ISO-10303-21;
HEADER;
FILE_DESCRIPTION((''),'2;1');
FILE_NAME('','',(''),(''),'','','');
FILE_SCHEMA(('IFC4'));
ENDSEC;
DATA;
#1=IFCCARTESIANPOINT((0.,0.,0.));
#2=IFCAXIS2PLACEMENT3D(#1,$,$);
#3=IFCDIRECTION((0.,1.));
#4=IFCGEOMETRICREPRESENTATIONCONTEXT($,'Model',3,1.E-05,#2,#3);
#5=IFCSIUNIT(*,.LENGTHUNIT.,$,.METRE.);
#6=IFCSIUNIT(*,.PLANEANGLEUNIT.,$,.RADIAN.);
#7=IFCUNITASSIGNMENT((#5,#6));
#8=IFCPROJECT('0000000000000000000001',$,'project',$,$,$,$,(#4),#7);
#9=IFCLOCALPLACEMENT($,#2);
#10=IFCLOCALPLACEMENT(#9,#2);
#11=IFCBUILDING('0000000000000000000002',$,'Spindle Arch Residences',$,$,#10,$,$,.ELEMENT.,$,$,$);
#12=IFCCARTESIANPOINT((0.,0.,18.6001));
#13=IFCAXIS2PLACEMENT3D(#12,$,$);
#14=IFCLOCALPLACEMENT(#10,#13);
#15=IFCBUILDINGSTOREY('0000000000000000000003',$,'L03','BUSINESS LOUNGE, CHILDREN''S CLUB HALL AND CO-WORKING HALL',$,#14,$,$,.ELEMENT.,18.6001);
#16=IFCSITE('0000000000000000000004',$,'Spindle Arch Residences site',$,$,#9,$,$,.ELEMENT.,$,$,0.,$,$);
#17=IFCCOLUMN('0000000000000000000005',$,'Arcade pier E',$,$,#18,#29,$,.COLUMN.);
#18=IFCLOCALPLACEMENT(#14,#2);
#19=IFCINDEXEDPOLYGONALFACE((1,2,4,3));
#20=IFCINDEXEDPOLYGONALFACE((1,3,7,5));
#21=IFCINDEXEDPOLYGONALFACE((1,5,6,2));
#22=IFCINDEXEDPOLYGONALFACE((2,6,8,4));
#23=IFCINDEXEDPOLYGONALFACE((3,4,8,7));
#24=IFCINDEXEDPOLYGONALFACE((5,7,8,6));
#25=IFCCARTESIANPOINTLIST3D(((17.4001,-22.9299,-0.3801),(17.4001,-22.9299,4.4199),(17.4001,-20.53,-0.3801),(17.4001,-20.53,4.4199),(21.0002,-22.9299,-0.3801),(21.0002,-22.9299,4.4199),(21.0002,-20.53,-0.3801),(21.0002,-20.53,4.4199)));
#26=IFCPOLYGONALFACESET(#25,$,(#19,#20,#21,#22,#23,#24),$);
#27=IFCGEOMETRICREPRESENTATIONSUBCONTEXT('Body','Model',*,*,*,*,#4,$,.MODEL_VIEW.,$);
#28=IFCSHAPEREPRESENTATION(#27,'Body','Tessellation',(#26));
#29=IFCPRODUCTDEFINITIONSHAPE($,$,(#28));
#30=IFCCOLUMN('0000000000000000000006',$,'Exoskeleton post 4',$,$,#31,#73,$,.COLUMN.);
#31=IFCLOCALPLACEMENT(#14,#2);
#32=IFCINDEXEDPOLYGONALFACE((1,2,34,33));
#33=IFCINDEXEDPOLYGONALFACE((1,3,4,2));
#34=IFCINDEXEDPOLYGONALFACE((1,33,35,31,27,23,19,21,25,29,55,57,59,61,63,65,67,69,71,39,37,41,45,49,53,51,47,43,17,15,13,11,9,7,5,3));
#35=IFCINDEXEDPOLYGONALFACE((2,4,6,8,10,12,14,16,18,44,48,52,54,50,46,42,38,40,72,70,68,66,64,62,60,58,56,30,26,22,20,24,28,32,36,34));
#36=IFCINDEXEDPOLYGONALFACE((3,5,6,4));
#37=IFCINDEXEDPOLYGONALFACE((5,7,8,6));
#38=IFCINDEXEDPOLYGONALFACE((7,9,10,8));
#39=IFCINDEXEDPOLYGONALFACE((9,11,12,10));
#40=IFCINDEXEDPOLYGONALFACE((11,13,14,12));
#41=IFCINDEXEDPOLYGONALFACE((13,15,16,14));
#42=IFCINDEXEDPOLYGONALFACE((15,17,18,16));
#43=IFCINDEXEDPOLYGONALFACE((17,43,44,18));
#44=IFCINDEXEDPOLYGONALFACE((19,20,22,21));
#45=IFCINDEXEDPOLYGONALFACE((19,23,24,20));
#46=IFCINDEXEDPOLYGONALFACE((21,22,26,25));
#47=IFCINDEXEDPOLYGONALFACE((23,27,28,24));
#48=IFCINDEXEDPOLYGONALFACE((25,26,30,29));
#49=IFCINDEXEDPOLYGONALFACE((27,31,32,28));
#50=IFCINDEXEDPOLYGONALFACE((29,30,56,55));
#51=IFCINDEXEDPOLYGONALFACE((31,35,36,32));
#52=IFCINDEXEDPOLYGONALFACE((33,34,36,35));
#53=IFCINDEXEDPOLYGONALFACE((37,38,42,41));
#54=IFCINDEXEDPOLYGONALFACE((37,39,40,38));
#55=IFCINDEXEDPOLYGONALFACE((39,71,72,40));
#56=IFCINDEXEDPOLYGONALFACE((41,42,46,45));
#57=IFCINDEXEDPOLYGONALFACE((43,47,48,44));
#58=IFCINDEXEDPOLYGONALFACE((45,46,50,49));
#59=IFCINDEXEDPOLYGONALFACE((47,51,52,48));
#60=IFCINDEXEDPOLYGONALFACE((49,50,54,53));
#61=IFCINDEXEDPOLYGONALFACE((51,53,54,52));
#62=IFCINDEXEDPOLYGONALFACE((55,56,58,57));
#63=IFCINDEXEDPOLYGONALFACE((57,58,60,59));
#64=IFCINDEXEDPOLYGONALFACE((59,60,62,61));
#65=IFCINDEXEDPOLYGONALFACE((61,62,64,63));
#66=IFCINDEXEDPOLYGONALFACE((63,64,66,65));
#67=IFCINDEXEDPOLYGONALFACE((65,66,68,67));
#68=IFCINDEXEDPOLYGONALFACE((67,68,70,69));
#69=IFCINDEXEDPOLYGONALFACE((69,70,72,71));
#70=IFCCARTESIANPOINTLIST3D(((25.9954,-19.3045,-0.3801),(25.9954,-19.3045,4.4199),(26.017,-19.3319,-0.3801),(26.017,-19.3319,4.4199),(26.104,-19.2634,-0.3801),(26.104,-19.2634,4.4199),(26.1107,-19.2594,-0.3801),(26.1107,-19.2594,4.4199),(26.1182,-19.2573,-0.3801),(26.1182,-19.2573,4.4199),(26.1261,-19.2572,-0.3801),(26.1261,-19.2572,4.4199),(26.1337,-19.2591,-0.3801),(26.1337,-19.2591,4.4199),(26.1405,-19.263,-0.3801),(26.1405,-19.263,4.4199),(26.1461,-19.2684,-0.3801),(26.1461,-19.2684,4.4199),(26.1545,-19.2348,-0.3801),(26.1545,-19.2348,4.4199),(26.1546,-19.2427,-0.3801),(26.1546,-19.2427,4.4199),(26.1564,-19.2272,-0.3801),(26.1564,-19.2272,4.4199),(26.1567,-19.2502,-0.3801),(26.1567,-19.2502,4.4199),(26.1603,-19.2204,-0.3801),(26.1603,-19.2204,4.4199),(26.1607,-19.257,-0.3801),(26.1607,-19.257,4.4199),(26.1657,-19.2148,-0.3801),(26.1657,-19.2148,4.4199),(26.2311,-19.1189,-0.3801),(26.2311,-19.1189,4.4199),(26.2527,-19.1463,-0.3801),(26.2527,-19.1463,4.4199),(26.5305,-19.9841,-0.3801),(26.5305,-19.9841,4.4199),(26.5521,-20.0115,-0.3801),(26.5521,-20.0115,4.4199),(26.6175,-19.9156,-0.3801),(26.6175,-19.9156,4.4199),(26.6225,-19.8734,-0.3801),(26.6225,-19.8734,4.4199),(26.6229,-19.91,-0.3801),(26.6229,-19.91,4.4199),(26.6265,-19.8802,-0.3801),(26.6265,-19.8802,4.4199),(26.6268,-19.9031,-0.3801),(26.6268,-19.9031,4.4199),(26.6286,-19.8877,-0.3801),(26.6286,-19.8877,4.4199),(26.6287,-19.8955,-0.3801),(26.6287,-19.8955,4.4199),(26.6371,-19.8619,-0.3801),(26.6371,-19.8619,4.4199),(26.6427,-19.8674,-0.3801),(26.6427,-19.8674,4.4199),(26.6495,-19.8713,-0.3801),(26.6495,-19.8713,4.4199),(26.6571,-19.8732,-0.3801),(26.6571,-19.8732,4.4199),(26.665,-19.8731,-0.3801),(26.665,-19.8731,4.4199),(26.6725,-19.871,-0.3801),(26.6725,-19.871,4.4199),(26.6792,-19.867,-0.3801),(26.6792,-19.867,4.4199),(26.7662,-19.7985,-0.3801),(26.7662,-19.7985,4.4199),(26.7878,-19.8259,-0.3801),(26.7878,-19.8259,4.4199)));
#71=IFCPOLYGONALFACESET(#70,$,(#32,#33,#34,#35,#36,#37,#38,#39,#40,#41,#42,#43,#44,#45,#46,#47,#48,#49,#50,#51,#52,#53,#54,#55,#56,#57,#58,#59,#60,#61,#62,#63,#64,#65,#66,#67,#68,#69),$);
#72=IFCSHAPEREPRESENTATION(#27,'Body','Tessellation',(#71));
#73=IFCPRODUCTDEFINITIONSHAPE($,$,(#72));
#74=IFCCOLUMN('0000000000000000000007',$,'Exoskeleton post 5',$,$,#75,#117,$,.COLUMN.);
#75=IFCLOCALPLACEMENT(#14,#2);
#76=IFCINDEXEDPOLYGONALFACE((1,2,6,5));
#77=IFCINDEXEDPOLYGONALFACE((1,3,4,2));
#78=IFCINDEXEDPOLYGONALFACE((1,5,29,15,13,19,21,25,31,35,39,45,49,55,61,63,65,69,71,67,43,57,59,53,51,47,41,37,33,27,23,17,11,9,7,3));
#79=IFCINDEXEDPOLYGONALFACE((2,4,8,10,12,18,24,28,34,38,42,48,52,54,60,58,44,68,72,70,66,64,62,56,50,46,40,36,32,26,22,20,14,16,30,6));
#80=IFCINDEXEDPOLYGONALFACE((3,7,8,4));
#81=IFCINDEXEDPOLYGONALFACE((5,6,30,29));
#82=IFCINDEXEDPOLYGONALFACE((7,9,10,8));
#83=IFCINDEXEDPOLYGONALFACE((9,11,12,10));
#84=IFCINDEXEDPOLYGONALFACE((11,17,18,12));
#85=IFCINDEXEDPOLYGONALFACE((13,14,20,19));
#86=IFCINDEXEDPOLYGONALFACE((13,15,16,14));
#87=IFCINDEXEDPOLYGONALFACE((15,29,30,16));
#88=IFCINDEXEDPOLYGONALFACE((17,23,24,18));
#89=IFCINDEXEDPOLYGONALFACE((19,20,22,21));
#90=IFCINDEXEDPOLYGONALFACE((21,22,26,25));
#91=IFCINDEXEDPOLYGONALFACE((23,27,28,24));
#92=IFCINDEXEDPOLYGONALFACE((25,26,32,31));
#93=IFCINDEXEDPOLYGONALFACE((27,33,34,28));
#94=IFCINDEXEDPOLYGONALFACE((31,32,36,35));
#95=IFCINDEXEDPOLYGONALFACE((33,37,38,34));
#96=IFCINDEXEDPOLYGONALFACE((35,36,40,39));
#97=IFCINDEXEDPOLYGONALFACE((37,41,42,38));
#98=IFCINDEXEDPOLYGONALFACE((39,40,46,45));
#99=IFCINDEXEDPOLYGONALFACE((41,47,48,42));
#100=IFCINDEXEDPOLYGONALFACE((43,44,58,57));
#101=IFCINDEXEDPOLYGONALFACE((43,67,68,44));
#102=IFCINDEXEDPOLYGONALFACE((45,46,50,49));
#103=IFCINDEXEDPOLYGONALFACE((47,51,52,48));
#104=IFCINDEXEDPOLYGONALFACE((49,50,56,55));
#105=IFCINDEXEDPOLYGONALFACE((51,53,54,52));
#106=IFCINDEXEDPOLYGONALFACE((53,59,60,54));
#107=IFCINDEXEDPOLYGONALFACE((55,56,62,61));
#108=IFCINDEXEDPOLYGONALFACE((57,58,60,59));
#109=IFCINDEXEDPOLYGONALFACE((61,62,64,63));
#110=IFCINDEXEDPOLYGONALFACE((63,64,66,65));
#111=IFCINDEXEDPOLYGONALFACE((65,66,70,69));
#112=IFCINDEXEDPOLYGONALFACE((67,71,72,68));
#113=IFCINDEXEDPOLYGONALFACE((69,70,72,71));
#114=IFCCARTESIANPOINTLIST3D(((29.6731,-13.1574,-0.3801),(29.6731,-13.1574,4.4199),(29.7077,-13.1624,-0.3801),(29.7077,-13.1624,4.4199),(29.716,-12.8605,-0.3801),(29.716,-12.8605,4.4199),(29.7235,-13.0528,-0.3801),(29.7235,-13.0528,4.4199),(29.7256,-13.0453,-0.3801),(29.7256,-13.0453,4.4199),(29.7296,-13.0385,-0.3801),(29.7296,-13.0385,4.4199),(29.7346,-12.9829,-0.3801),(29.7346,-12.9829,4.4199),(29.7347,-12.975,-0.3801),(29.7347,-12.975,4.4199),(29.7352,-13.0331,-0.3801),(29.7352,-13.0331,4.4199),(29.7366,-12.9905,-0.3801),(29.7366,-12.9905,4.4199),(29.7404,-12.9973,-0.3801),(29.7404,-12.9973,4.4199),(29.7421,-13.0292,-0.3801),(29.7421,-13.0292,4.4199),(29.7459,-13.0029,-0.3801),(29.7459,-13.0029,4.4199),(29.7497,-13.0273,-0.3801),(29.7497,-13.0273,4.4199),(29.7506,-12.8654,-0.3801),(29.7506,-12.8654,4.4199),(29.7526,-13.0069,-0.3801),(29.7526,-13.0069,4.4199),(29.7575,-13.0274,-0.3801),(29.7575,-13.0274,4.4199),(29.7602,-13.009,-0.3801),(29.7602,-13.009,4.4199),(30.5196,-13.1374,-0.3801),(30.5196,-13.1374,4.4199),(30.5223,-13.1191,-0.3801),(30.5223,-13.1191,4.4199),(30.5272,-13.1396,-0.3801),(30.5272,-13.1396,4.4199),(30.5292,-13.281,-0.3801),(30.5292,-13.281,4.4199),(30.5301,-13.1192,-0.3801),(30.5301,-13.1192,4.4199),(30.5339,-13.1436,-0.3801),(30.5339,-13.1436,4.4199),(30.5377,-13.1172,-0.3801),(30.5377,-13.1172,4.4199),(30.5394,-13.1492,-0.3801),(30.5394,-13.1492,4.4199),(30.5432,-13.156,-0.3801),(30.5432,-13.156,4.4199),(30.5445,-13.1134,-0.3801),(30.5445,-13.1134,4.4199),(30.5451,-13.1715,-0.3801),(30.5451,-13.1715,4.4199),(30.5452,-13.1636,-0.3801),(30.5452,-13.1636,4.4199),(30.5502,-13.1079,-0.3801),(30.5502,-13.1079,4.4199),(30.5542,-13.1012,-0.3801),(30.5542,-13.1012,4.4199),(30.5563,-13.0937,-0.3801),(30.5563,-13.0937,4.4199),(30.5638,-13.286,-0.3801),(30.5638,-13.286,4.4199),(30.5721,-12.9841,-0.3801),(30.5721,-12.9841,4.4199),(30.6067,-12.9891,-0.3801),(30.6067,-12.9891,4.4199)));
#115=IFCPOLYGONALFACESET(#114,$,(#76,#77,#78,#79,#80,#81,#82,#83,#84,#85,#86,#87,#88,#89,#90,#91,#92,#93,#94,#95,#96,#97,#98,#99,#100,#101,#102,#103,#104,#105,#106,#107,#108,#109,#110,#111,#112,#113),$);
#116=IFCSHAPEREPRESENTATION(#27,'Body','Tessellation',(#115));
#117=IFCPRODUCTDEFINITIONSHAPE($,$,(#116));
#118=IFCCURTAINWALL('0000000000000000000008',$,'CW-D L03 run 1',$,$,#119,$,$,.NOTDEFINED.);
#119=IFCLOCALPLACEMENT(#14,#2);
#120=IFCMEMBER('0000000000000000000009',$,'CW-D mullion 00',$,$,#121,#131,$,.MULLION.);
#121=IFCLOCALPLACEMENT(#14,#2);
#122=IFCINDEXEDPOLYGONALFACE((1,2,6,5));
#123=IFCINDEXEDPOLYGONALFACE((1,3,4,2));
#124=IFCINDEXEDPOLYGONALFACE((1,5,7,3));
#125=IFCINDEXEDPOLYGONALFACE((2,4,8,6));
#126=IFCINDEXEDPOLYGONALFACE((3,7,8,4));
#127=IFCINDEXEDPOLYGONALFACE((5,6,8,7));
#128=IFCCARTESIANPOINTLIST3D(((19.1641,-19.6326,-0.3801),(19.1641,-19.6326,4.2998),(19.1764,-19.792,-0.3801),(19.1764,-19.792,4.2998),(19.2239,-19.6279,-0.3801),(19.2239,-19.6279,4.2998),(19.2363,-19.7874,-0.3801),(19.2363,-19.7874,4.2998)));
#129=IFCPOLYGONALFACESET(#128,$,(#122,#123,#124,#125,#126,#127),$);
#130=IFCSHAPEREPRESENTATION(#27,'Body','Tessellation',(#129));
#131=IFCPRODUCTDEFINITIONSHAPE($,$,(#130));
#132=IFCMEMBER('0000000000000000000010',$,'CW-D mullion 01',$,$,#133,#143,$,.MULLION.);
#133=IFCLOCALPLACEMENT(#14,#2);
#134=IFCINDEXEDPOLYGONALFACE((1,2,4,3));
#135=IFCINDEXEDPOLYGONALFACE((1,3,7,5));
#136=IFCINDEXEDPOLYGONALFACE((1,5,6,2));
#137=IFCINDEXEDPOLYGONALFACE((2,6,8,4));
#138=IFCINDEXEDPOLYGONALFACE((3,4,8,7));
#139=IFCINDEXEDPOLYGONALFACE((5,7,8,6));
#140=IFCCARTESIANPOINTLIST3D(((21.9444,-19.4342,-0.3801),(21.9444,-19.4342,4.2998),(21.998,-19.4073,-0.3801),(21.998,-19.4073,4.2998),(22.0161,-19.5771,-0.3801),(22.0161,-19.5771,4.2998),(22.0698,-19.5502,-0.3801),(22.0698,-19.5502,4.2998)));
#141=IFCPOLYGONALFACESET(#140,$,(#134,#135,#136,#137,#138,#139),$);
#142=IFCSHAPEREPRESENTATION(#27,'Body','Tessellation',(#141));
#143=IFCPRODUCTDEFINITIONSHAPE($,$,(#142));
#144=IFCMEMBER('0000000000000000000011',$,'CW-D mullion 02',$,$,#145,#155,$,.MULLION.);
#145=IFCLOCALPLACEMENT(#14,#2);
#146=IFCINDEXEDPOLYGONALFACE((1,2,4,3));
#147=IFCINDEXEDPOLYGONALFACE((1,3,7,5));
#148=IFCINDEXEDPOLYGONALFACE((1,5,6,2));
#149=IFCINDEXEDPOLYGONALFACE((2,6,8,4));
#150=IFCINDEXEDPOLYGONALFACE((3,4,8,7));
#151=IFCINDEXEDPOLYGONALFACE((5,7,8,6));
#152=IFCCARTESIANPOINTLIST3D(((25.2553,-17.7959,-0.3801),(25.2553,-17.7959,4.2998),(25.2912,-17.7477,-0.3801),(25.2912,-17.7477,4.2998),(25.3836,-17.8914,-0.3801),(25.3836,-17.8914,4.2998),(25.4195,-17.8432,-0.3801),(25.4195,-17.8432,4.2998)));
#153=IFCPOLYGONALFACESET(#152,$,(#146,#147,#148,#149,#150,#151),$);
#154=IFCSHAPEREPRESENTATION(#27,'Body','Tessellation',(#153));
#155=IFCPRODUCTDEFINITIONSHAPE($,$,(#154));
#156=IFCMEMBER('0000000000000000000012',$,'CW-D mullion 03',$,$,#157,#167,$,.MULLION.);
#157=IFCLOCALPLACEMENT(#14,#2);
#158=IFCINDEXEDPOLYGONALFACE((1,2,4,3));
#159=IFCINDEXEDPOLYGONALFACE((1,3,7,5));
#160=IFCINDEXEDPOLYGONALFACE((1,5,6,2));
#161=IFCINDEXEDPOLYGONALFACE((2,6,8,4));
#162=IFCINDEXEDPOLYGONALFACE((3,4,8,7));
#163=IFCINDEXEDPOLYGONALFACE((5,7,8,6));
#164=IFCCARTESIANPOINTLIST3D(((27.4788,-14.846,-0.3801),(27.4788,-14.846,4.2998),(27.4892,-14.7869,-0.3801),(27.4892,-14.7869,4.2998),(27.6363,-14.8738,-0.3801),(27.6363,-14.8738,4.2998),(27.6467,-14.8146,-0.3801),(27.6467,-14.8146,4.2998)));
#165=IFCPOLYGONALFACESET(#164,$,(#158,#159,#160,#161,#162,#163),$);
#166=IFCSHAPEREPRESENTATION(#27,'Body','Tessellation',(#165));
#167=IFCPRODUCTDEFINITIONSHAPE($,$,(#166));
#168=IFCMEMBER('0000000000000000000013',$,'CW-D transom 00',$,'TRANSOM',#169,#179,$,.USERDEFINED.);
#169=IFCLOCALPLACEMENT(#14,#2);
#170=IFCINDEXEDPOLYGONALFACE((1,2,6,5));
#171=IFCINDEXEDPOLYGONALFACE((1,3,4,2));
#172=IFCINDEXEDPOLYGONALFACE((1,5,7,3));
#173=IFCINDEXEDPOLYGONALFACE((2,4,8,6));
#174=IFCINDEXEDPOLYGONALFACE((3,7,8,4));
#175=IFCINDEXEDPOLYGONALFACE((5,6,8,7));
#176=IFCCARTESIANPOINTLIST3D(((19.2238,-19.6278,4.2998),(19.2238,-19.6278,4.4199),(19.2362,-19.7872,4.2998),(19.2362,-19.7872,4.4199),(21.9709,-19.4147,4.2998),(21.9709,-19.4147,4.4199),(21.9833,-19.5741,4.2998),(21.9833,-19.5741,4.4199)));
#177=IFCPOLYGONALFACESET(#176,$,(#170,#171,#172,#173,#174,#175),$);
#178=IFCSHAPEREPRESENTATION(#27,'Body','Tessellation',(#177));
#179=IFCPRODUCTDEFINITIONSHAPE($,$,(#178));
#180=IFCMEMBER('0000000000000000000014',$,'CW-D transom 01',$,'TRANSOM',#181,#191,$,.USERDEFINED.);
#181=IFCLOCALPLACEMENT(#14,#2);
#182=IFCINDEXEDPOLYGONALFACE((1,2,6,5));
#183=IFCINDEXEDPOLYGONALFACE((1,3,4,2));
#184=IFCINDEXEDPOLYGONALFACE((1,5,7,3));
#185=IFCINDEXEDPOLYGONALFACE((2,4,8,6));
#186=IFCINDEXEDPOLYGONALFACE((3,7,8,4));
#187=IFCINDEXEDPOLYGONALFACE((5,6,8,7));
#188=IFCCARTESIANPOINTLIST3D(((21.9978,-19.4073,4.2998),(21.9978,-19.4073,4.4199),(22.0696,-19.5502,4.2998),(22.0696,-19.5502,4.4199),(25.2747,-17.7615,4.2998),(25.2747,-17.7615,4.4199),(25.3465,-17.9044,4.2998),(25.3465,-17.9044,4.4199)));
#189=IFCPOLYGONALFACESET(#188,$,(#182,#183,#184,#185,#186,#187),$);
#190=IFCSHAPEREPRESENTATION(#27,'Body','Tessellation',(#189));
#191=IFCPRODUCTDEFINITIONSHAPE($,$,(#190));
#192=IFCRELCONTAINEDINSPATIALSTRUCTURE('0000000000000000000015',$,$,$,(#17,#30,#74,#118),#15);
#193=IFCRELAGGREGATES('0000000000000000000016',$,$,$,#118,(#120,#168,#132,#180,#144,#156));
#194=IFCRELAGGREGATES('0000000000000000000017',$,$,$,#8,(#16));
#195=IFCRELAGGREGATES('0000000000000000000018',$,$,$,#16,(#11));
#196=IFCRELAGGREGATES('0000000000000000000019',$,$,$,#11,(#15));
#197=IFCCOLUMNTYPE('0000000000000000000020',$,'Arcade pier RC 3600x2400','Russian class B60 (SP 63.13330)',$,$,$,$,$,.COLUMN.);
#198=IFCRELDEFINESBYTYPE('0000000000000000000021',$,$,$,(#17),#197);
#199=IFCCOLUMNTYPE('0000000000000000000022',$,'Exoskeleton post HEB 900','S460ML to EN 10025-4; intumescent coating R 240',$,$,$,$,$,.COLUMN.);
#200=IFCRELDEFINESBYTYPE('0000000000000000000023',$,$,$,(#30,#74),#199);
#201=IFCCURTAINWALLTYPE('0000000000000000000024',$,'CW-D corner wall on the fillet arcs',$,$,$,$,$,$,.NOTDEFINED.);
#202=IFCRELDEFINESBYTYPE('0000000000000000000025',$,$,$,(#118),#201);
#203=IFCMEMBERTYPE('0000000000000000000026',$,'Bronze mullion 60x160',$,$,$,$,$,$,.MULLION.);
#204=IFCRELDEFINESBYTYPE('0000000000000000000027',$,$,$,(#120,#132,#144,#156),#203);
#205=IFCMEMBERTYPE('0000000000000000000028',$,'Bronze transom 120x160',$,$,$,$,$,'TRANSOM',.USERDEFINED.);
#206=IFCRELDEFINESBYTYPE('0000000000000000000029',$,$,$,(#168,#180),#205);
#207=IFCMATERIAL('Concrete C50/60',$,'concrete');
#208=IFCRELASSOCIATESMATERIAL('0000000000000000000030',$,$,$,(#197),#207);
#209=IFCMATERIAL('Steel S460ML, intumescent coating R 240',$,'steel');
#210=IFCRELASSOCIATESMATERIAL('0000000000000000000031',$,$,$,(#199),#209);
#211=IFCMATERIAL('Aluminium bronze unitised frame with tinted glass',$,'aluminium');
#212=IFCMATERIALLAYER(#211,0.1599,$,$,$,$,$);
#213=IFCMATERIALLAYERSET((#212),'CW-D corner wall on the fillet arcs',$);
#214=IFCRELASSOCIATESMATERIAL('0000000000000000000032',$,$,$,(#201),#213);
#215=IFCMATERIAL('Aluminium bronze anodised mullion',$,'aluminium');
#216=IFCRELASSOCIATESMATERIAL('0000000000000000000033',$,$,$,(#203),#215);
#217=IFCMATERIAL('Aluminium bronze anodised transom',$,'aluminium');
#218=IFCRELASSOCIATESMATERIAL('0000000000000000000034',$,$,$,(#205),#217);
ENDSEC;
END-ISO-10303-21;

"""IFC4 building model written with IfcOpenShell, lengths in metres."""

from ifc_helpers import new_model, si_unit, direction, frame, origin, origin_2d, place, context, subcontext, project, spatial, rectangle, i_section, extrude, material, layer, layer_set, material_profile, profile_set, type_object, element, aggregate, save


model = new_model("IFC4")

# Units and contexts
model_context = context("Model", 3, precision=1e-05, world=origin(), true_north=direction((0.0, 1.0)))
body_context = subcontext(model_context, "Body", "Model", "MODEL_VIEW")
ifc_project = project(units=[si_unit("LENGTHUNIT", "METRE"), si_unit("PLANEANGLEUNIT", "RADIAN")], contexts=[model_context])

# Site, building, storey
site_placement = place(None, origin())
site = spatial("IfcSite", under=ifc_project, at=site_placement, Name="Spindle Arch Residences site", CompositionType="ELEMENT", RefElevation=0.0)
building_placement = place(site_placement, origin())
building = spatial("IfcBuilding", under=site, at=building_placement, Name="Spindle Arch Residences", CompositionType="ELEMENT")
storey_placement = place(building_placement, frame((0.0, 0.0, 18.6001)))
storey = spatial("IfcBuildingStorey", under=building, at=storey_placement, Name="L03", Description="BUSINESS LOUNGE, CHILDREN'S CLUB HALL AND CO-WORKING HALL", CompositionType="ELEMENT", Elevation=18.6001)

# Columns
ifc_material_1 = material(Name="Concrete C50/60", Category="concrete")
ifc_material_profile_1 = material_profile(ifc_material_1, rectangle(XDim=3.6001, YDim=2.3999, at=origin_2d()), Name="RC 3600x2400")
ifc_profile_set_1 = profile_set([ifc_material_profile_1], Name="Concrete C50/60")
column_type_1 = type_object("IfcColumnType", Name="Arcade pier RC 3600x2400", Description="Russian class B60 (SP 63.13330)", PredefinedType="COLUMN", material=ifc_profile_set_1)
column_placement = place(storey_placement, frame((19.2002, -21.73, -0.3801), z_axis=(0.0, 0.0, 1.0), x_axis=(1.0, 0.0, 0.0)))
element("IfcColumn", 1, at=column_placement, inside=storey, type_object=column_type_1, Name="Arcade pier E", PredefinedType="COLUMN", context=body_context, shape_type="SweptSolid", body=[
    extrude(rectangle(XDim=3.6001, YDim=2.3999, at=origin_2d()), origin(), (0.0, 0.0, 1.0), 4.8),
])
ifc_material_2 = material(Name="Steel S460ML, intumescent coating R 240", Category="steel")
ifc_material_profile_2 = material_profile(ifc_material_2, i_section(OverallWidth=0.3, OverallDepth=0.8999, WebThickness=0.0186, FlangeThickness=0.0349, FilletRadius=0.03, at=origin_2d()), Name="HEB 900")
ifc_profile_set_2 = profile_set([ifc_material_profile_2], Name="Steel S460ML, intumescent coating R 240")
column_type_2 = type_object("IfcColumnType", Name="Exoskeleton post HEB 900", Description="S460ML to EN 10025-4; intumescent coating R 240", PredefinedType="COLUMN", material=ifc_profile_set_2)
for number, where, z_axis, x_axis, name in (
    (2, (26.3916, -19.5652, -0.3801), (0.0, 0.0, 1.0), (-0.785684, -0.618629, 0.0), "Exoskeleton post 4"),
    (3, (30.1399, -13.0732, -0.3801), (0.0, 0.0, 1.0), (-0.142906, -0.989736, 0.0), "Exoskeleton post 5"),
):
    element("IfcColumn", number, at=place(storey_placement, frame(where, z_axis=z_axis, x_axis=x_axis)), inside=storey, type_object=column_type_2, Name=name, PredefinedType="COLUMN", context=body_context, shape_type="SweptSolid", body=[
        extrude(i_section(OverallWidth=0.3, OverallDepth=0.8999, WebThickness=0.0186, FlangeThickness=0.0349, FilletRadius=0.03, at=origin_2d()), origin(), (0.0, 0.0, 1.0), 4.8),
    ])

# Curtain wall, members
ifc_material_3 = material(Name="Aluminium bronze unitised frame with tinted glass", Category="aluminium")
ifc_layer_1 = layer(ifc_material_3, 0.1599)
ifc_layer_set_1 = layer_set([ifc_layer_1], Name="CW-D corner wall on the fillet arcs")
curtain_wall_type_1 = type_object("IfcCurtainWallType", Name="CW-D corner wall on the fillet arcs", PredefinedType="NOTDEFINED", material=ifc_layer_set_1)
curtain_wall_1_placement = place(storey_placement, origin())
curtain_wall_1 = element("IfcCurtainWall", 4, at=curtain_wall_1_placement, inside=storey, type_object=curtain_wall_type_1, Name="CW-D L03 run 1", PredefinedType="NOTDEFINED")
ifc_material_4 = material(Name="Aluminium bronze anodised mullion", Category="aluminium")
ifc_material_profile_3 = material_profile(ifc_material_4, rectangle(XDim=0.1599, YDim=0.0601, at=origin_2d()), Name="MU 60x160")
ifc_profile_set_3 = profile_set([ifc_material_profile_3], Name="Aluminium bronze anodised mullion")
member_type_1 = type_object("IfcMemberType", Name="Bronze mullion 60x160", PredefinedType="MULLION", material=ifc_profile_set_3)
member_1_placement = place(storey_placement, frame((19.2002, -19.71, -0.3801), z_axis=(0.0, 0.0, 1.0), x_axis=(-0.077364, 0.997003, 0.0)))
member_1 = element("IfcMember", 5, at=member_1_placement, type_object=member_type_1, Name="CW-D mullion 00", PredefinedType="MULLION", context=body_context, shape_type="SweptSolid", body=[
    extrude(rectangle(XDim=0.1599, YDim=0.0601, at=origin_2d()), origin(), (0.0, 0.0, 1.0), 4.6799),
])
member_2_placement = place(storey_placement, frame((22.0071, -19.4922, -0.3801), z_axis=(0.0, 0.0, 1.0), x_axis=(-0.448799, 0.893633, 0.0)))
member_2 = element("IfcMember", 6, at=member_2_placement, type_object=member_type_1, Name="CW-D mullion 01", PredefinedType="MULLION", context=body_context, shape_type="SweptSolid", body=[
    extrude(rectangle(XDim=0.1599, YDim=0.0601, at=origin_2d()), origin(), (0.0, 0.0, 1.0), 4.6799),
])
member_3_placement = place(storey_placement, frame((25.3374, -17.8196, -0.3801), z_axis=(0.0, 0.0, 1.0), x_axis=(-0.802123, 0.597159, 0.0)))
member_3 = element("IfcMember", 7, at=member_3_placement, type_object=member_type_1, Name="CW-D mullion 02", PredefinedType="MULLION", context=body_context, shape_type="SweptSolid", body=[
    extrude(rectangle(XDim=0.1599, YDim=0.0601, at=origin_2d()), origin(), (0.0, 0.0, 1.0), 4.6799),
])
member_4_placement = place(storey_placement, frame((27.5627, -14.8303, -0.3801), z_axis=(0.0, 0.0, 1.0), x_axis=(-0.984808, 0.173648, 0.0)))
member_4 = element("IfcMember", 8, at=member_4_placement, type_object=member_type_1, Name="CW-D mullion 03", PredefinedType="MULLION", context=body_context, shape_type="SweptSolid", body=[
    extrude(rectangle(XDim=0.1599, YDim=0.0601, at=origin_2d()), origin(), (0.0, 0.0, 1.0), 4.6799),
])
ifc_material_5 = material(Name="Aluminium bronze anodised transom", Category="aluminium")
ifc_material_profile_4 = material_profile(ifc_material_5, rectangle(XDim=0.1599, YDim=0.1201, at=origin_2d()), Name="TR 120x160")
ifc_profile_set_4 = profile_set([ifc_material_profile_4], Name="Aluminium bronze anodised transom")
member_type_2 = type_object("IfcMemberType", Name="Bronze transom 120x160", ElementType="TRANSOM", PredefinedType="USERDEFINED", material=ifc_profile_set_4)
member_5_placement = place(storey_placement, frame((19.23, -19.7075, 4.3599), z_axis=(0.997004, 0.077354, 0.0), x_axis=(-0.077354, 0.997004, 0.0)))
member_5 = element("IfcMember", 9, at=member_5_placement, type_object=member_type_2, Name="CW-D transom 00", ObjectType="TRANSOM", PredefinedType="USERDEFINED", context=body_context, shape_type="SweptSolid", body=[
    extrude(rectangle(XDim=0.1599, YDim=0.1201, at=origin_2d()), origin(), (0.0, 0.0, 1.0), 2.7554),
])
member_6_placement = place(storey_placement, frame((22.0337, -19.4788, 4.3599), z_axis=(0.893627, 0.448811, 0.0), x_axis=(-0.448811, 0.893627, 0.0)))
member_6 = element("IfcMember", 10, at=member_6_placement, type_object=member_type_2, Name="CW-D transom 01", ObjectType="TRANSOM", PredefinedType="USERDEFINED", context=body_context, shape_type="SweptSolid", body=[
    extrude(rectangle(XDim=0.1599, YDim=0.1201, at=origin_2d()), origin(), (0.0, 0.0, 1.0), 3.667),
])

aggregate(curtain_wall_1, [member_1, member_5, member_2, member_6, member_3, member_4])

save(model, "model.ifc")
